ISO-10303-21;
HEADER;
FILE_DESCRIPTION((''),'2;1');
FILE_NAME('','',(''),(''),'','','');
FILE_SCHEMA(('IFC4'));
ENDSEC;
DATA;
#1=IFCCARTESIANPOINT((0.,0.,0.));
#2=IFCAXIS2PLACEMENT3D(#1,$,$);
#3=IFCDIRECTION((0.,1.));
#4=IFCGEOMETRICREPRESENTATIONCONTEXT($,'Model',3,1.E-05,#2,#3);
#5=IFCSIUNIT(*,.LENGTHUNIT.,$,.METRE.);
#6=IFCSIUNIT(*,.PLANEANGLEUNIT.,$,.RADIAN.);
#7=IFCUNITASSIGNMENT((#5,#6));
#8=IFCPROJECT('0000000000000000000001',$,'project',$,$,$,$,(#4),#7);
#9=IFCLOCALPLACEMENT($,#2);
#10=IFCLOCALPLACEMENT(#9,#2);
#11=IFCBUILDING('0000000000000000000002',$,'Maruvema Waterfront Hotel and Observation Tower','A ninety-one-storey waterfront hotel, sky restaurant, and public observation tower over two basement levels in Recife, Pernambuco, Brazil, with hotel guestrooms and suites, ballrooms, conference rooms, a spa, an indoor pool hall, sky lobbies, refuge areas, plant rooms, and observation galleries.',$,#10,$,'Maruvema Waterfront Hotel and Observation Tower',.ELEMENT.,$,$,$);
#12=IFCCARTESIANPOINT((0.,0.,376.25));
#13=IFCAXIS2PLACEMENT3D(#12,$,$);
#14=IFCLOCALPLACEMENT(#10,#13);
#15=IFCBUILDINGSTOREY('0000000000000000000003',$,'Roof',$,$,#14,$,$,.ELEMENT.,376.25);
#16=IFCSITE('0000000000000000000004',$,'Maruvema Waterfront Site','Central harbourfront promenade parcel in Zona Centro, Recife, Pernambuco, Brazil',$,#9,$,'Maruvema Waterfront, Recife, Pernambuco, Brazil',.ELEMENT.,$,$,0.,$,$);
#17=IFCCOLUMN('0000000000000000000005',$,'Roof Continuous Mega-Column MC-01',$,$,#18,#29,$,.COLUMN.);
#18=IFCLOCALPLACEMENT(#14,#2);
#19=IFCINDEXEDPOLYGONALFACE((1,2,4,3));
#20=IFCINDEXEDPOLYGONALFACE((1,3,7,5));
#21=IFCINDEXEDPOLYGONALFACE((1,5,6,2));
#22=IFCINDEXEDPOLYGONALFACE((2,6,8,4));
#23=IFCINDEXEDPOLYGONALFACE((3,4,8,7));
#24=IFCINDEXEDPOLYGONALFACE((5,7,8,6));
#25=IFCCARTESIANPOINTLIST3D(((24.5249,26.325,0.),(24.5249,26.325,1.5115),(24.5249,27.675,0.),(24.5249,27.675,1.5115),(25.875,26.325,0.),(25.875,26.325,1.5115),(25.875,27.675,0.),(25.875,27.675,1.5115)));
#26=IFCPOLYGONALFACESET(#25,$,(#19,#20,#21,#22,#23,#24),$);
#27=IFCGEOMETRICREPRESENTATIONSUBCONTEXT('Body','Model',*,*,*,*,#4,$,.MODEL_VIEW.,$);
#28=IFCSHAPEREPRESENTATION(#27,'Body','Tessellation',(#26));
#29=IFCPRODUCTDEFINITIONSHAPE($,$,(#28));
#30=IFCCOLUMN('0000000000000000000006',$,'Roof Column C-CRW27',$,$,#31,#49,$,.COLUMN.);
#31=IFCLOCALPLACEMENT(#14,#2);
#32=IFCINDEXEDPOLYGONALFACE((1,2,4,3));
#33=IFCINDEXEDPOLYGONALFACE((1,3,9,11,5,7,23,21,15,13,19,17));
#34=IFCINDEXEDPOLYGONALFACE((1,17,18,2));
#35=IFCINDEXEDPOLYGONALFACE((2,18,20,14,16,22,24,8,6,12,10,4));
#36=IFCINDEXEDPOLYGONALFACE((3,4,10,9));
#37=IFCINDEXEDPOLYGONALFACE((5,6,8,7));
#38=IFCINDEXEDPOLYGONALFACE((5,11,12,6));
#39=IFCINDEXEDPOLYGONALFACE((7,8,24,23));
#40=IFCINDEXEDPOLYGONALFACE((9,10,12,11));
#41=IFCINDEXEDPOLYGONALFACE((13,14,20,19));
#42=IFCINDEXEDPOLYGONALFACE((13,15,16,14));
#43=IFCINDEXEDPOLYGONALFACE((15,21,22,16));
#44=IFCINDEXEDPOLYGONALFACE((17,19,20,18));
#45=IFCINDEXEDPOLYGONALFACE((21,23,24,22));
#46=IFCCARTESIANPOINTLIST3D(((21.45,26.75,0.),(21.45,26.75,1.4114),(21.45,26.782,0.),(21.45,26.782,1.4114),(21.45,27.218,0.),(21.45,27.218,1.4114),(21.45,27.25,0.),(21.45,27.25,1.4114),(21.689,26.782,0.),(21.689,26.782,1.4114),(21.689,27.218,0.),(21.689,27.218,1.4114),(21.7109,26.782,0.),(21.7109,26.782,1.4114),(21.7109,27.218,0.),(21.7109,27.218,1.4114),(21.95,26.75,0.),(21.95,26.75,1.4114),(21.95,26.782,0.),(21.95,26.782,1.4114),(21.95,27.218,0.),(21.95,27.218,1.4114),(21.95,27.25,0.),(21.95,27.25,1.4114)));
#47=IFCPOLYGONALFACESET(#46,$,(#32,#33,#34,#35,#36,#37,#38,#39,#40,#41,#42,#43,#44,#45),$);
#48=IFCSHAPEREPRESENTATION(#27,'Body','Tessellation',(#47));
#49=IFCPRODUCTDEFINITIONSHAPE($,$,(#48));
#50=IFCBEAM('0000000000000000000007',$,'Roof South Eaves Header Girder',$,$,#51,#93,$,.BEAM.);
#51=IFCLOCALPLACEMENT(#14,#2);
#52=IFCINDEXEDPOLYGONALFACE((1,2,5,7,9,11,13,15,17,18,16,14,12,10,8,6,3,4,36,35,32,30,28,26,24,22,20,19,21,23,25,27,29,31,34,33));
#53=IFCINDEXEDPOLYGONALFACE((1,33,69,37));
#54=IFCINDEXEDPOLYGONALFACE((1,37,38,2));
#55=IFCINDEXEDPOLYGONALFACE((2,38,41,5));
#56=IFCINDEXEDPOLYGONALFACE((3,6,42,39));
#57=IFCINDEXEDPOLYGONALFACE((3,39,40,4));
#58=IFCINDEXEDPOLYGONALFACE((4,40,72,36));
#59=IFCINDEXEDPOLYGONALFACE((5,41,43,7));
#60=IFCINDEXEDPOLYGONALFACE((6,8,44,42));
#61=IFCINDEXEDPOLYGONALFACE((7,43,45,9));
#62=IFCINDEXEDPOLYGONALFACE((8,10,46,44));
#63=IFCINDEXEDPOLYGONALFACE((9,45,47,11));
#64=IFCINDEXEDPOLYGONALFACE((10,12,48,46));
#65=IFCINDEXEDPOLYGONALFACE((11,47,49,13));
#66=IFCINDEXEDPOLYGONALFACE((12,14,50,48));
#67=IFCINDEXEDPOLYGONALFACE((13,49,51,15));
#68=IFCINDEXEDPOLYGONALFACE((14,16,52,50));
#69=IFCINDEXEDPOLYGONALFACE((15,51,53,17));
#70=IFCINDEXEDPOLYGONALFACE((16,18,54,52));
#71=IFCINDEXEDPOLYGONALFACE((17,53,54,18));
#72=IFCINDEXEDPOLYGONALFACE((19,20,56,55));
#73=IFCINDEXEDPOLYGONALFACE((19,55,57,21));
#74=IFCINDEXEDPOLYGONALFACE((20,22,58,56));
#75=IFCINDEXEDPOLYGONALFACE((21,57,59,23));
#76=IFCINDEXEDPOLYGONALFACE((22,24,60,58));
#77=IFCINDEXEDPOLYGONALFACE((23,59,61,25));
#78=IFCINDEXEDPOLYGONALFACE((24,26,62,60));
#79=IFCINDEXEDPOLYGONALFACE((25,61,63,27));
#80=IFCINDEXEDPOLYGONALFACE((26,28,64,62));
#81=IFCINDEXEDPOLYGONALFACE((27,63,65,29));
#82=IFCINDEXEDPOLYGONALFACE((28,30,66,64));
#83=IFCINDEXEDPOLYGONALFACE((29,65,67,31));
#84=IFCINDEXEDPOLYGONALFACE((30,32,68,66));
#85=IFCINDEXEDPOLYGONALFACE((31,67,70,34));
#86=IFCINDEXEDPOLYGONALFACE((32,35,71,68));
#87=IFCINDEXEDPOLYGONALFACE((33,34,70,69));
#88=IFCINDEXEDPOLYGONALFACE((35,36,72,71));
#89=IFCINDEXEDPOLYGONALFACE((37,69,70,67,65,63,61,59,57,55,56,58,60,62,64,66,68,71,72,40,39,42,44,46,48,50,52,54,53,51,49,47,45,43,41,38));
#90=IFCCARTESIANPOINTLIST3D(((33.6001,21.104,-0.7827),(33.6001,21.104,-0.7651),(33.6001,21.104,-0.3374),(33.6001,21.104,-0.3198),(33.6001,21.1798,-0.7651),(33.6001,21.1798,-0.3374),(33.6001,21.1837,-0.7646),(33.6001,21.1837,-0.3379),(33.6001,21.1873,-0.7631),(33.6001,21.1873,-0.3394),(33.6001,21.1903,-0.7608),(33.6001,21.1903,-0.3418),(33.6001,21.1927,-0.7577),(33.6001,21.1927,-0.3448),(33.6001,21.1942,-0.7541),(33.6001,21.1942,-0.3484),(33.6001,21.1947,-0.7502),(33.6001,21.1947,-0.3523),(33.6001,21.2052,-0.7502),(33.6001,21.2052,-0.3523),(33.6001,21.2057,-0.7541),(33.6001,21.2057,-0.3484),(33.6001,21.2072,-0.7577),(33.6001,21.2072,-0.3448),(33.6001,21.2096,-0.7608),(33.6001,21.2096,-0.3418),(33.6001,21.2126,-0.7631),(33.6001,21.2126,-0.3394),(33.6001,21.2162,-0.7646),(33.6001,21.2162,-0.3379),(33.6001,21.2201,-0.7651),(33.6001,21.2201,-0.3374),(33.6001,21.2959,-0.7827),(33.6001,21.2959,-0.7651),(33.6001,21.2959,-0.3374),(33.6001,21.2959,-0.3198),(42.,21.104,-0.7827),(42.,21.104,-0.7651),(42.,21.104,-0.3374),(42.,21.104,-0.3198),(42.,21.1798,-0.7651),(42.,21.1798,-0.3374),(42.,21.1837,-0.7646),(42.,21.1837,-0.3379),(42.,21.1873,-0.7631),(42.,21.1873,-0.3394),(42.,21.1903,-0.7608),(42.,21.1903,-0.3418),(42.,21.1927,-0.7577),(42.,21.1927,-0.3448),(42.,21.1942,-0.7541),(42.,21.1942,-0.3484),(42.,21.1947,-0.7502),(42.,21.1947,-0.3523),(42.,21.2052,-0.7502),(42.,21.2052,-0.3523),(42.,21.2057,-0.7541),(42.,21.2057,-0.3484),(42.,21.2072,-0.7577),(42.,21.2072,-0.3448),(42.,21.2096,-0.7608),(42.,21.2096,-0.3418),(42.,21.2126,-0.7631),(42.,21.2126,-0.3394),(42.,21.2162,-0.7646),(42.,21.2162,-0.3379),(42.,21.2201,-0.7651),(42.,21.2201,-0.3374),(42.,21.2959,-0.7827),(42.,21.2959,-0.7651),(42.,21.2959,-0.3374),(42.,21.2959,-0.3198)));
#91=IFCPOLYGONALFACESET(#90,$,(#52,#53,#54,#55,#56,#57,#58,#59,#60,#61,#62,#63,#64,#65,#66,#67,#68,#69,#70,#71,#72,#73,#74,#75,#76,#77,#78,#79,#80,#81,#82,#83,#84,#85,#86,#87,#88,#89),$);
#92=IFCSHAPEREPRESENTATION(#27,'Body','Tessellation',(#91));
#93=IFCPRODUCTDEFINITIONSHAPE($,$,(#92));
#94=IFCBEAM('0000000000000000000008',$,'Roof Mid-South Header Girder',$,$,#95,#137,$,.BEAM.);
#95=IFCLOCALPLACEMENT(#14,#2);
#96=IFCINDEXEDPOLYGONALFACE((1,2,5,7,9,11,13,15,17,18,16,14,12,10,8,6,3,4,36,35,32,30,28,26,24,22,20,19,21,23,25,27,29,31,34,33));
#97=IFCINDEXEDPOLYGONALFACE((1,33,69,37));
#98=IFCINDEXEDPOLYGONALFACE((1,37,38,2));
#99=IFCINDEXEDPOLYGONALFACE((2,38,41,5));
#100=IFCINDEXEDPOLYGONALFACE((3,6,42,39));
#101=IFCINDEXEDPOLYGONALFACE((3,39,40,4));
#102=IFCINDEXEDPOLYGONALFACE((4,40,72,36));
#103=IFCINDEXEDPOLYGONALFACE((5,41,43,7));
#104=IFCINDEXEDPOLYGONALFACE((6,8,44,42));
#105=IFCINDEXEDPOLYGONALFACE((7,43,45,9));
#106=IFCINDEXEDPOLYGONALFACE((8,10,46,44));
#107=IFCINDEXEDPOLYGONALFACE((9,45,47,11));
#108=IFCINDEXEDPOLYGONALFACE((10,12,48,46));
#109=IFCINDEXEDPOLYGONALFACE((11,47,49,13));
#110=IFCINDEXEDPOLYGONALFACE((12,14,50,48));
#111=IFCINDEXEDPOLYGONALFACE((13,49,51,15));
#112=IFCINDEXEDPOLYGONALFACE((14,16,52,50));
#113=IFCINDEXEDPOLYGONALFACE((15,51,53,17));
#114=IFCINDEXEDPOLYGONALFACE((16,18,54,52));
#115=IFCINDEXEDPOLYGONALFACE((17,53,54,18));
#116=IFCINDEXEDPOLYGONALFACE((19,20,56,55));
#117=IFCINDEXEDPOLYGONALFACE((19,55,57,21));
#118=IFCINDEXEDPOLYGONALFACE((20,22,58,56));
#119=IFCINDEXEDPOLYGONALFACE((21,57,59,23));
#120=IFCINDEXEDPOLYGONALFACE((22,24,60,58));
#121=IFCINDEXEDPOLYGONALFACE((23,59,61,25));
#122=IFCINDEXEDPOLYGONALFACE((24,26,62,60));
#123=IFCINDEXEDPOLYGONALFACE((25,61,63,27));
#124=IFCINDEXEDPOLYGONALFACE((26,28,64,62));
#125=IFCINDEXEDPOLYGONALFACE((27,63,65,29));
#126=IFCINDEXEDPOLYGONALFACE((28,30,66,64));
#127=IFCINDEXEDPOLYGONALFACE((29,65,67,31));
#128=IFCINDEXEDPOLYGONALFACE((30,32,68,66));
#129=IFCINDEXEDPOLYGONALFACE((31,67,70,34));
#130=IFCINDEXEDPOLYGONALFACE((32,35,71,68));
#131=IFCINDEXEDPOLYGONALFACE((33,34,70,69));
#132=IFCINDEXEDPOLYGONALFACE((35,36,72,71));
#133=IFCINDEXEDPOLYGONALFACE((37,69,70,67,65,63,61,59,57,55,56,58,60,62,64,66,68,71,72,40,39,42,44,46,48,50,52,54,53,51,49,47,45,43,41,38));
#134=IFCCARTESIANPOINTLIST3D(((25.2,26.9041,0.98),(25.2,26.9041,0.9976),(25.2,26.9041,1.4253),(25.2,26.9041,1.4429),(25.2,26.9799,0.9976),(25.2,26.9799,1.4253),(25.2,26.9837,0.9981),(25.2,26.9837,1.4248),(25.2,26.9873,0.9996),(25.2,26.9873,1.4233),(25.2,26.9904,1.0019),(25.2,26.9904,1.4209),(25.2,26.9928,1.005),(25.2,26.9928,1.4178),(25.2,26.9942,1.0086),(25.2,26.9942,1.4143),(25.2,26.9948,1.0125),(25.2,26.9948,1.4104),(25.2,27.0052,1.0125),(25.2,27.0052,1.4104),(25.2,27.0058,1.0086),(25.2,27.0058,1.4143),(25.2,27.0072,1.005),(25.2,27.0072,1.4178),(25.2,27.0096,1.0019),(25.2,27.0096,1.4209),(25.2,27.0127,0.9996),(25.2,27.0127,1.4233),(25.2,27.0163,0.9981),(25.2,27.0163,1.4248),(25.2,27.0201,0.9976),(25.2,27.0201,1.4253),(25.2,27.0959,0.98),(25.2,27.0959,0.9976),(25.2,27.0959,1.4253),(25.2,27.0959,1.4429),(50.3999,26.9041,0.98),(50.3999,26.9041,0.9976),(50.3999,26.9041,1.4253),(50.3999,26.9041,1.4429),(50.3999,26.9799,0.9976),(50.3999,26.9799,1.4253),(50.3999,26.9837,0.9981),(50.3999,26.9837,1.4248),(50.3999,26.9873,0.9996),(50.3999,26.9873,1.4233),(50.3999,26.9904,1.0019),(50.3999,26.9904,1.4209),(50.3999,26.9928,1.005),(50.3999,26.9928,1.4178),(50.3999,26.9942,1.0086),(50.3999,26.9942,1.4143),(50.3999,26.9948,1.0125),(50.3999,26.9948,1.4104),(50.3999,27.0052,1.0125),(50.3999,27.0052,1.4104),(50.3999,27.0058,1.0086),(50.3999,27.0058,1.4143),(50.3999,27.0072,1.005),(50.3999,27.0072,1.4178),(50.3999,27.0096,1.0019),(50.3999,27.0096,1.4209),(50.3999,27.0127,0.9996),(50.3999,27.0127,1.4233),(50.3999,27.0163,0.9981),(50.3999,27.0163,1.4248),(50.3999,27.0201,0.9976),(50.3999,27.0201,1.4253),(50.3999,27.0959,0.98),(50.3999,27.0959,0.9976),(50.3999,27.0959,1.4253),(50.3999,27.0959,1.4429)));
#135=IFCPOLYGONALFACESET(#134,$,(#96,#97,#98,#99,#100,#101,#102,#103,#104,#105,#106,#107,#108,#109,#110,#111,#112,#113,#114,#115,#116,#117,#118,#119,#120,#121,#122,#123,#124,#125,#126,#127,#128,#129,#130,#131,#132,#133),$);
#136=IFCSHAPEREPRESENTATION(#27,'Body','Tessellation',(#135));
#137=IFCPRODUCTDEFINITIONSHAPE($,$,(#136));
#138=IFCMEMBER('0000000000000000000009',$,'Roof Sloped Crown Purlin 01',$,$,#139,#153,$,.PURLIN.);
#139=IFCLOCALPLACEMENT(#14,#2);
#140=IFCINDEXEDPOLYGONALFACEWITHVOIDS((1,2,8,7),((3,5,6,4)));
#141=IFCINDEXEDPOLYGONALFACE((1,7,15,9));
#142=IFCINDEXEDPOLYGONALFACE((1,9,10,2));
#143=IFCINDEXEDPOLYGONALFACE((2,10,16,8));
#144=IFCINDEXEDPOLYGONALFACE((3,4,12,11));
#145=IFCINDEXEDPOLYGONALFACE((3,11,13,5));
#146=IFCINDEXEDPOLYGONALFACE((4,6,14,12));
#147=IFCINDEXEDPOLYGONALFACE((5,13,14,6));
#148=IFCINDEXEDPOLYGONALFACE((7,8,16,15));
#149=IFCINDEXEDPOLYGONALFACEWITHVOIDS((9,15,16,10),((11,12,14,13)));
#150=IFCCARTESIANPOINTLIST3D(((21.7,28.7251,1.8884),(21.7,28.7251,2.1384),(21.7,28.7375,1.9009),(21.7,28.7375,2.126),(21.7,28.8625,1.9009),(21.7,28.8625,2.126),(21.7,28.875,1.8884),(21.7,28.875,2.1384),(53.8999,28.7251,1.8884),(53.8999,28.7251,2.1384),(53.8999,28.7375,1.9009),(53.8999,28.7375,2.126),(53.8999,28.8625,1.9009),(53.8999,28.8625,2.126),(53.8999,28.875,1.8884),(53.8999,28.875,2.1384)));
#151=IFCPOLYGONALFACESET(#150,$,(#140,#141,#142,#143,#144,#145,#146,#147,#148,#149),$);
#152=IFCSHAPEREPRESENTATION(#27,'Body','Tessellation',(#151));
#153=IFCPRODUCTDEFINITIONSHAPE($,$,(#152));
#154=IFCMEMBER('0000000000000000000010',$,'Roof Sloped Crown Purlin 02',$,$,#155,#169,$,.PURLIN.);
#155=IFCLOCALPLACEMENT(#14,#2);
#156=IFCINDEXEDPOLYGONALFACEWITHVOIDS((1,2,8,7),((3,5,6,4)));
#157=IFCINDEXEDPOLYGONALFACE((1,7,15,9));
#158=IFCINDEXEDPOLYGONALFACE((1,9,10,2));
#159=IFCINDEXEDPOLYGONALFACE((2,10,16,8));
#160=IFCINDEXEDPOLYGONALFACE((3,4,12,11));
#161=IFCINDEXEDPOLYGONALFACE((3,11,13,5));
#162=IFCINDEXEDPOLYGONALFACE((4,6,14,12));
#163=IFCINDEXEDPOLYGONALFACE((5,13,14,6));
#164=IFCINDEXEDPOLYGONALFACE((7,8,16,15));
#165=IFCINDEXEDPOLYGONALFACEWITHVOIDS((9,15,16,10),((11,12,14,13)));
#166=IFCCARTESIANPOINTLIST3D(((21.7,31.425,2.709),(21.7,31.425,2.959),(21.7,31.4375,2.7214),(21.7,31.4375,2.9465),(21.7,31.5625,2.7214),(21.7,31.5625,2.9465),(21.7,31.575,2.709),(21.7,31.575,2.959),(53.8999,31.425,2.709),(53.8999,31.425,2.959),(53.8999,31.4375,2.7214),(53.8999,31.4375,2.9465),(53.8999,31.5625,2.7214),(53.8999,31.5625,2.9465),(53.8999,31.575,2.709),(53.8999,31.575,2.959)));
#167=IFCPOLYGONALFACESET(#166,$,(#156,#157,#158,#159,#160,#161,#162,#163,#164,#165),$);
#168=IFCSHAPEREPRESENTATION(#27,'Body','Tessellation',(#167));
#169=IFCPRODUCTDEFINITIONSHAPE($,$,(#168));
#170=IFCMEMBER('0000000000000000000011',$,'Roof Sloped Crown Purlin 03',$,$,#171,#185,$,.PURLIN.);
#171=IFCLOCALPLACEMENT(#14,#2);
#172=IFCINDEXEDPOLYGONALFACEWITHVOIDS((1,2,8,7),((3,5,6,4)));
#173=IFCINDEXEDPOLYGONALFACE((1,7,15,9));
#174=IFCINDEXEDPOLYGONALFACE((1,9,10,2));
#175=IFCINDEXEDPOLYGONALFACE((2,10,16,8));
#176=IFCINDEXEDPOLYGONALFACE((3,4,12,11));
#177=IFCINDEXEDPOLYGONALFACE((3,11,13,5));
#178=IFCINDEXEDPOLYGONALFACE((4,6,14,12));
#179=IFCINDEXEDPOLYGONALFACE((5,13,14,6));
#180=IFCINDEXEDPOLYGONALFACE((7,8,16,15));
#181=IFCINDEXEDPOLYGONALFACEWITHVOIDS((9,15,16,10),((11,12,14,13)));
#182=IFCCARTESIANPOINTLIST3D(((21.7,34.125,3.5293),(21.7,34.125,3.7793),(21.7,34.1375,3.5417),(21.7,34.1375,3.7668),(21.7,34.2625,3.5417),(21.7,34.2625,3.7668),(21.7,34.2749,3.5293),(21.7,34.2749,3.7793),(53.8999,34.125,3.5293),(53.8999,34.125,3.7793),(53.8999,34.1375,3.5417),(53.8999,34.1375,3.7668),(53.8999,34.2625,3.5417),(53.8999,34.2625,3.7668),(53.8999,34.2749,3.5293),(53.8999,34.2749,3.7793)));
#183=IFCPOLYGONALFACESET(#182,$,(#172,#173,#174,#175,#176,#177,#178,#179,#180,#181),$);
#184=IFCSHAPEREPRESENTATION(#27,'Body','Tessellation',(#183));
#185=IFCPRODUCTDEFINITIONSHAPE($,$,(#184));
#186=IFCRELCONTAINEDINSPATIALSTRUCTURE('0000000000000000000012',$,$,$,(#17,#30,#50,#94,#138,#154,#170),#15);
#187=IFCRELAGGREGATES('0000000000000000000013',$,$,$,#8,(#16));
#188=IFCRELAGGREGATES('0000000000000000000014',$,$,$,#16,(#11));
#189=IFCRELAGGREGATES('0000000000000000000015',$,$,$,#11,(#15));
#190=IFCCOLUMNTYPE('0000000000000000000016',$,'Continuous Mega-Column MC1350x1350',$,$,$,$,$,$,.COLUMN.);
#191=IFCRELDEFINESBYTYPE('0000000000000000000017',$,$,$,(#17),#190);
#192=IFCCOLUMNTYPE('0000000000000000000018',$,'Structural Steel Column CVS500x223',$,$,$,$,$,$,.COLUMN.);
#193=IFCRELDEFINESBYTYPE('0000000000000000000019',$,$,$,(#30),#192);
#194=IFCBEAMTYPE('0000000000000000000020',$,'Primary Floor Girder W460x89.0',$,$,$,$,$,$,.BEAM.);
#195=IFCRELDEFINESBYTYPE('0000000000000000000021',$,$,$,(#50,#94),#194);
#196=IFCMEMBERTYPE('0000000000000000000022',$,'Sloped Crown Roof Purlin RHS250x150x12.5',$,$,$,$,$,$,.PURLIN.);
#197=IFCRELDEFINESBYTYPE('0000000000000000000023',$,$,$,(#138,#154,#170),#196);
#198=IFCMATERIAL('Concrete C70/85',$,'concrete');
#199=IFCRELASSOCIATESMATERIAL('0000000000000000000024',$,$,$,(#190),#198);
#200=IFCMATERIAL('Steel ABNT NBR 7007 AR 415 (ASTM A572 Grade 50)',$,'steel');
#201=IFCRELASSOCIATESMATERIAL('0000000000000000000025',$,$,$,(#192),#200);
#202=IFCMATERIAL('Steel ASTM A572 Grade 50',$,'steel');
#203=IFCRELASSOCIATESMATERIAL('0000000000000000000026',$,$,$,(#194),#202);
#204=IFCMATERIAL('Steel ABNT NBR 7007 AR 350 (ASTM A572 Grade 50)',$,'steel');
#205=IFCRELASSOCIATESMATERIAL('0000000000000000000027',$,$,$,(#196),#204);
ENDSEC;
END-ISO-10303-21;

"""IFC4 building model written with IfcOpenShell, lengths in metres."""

from ifc_helpers import new_model, si_unit, direction, frame, origin, origin_2d, place, context, subcontext, project, spatial, rectangle, hollow_rectangle, i_section, extrude, material, material_profile, profile_set, type_object, element, save


model = new_model("IFC4")

# Units and contexts
model_context = context("Model", 3, precision=1e-05, world=origin(), true_north=direction((0.0, 1.0)))
body_context = subcontext(model_context, "Body", "Model", "MODEL_VIEW")
ifc_project = project(units=[si_unit("LENGTHUNIT", "METRE"), si_unit("PLANEANGLEUNIT", "RADIAN")], contexts=[model_context])

# Site, building, storey
site_placement = place(None, origin())
site = spatial("IfcSite", under=ifc_project, at=site_placement, Name="Maruvema Waterfront Site", Description="Central harbourfront promenade parcel in Zona Centro, Recife, Pernambuco, Brazil", LongName="Maruvema Waterfront, Recife, Pernambuco, Brazil", CompositionType="ELEMENT", RefElevation=0.0)
building_placement = place(site_placement, origin())
building = spatial("IfcBuilding", under=site, at=building_placement, Name="Maruvema Waterfront Hotel and Observation Tower", Description="A ninety-one-storey waterfront hotel, sky restaurant, and public observation tower over two basement levels in Recife, Pernambuco, Brazil, with hotel guestrooms and suites, ballrooms, conference rooms, a spa, an indoor pool hall, sky lobbies, refuge areas, plant rooms, and observation galleries.", LongName="Maruvema Waterfront Hotel and Observation Tower", CompositionType="ELEMENT")
storey_placement = place(building_placement, frame((0.0, 0.0, 376.25)))
storey = spatial("IfcBuildingStorey", under=building, at=storey_placement, Name="Roof", CompositionType="ELEMENT", Elevation=376.25)

# Columns
ifc_material_1 = material(Name="Concrete C70/85", Category="concrete")
ifc_material_profile_1 = material_profile(ifc_material_1, rectangle(XDim=1.3501, YDim=1.3501, at=origin_2d()), Name="MC1350x1350")
ifc_profile_set_1 = profile_set([ifc_material_profile_1], Name="Concrete C70/85")
column_type_1 = type_object("IfcColumnType", Name="Continuous Mega-Column MC1350x1350", PredefinedType="COLUMN", material=ifc_profile_set_1)
column_1_placement = place(storey_placement, frame((25.2, 27.0, 0.0), z_axis=(0.0, 0.0, 1.0), x_axis=(1.0, 0.0, 0.0)))
element("IfcColumn", 1, at=column_1_placement, inside=storey, type_object=column_type_1, Name="Roof Continuous Mega-Column MC-01", PredefinedType="COLUMN", context=body_context, shape_type="SweptSolid", body=[
    extrude(rectangle(XDim=1.3501, YDim=1.3501, at=origin_2d()), origin(), (0.0, 0.0, 1.0), 1.5115),
])
ifc_material_2 = material(Name="Steel ABNT NBR 7007 AR 415 (ASTM A572 Grade 50)", Category="steel")
ifc_material_profile_2 = material_profile(ifc_material_2, i_section(OverallWidth=0.5, OverallDepth=0.5, WebThickness=0.022, FlangeThickness=0.032, at=origin_2d()), Name="CVS500x223")
ifc_profile_set_2 = profile_set([ifc_material_profile_2], Name="Steel ABNT NBR 7007 AR 415 (ASTM A572 Grade 50)")
column_type_2 = type_object("IfcColumnType", Name="Structural Steel Column CVS500x223", PredefinedType="COLUMN", material=ifc_profile_set_2)
column_2_placement = place(storey_placement, frame((21.7, 27.0, 0.0), z_axis=(0.0, 0.0, 1.0), x_axis=(1.0, 0.0, 0.0)))
element("IfcColumn", 2, at=column_2_placement, inside=storey, type_object=column_type_2, Name="Roof Column C-CRW27", PredefinedType="COLUMN", context=body_context, shape_type="SweptSolid", body=[
    extrude(i_section(OverallWidth=0.5, OverallDepth=0.5, WebThickness=0.022, FlangeThickness=0.032, at=origin_2d()), origin(), (0.0, 0.0, 1.0), 1.4114),
])

# Beams
ifc_material_3 = material(Name="Steel ASTM A572 Grade 50", Category="steel")
ifc_material_profile_3 = material_profile(ifc_material_3, i_section(OverallWidth=0.1919, OverallDepth=0.4629, WebThickness=0.0105, FlangeThickness=0.0176, FilletRadius=0.0149, at=origin_2d()), Name="W460x89.0")
ifc_profile_set_3 = profile_set([ifc_material_profile_3], Name="Steel ASTM A572 Grade 50")
beam_type = type_object("IfcBeamType", Name="Primary Floor Girder W460x89.0", PredefinedType="BEAM", material=ifc_profile_set_3)
beam_1_placement = place(storey_placement, frame((33.6001, 21.2, -0.5513), z_axis=(1.0, 0.0, 0.0), x_axis=(0.0, 1.0, 0.0)))
element("IfcBeam", 3, at=beam_1_placement, inside=storey, type_object=beam_type, Name="Roof South Eaves Header Girder", PredefinedType="BEAM", context=body_context, shape_type="SweptSolid", body=[
    extrude(i_section(OverallWidth=0.1919, OverallDepth=0.4629, WebThickness=0.0105, FlangeThickness=0.0176, FilletRadius=0.0149, at=origin_2d()), origin(), (0.0, 0.0, 1.0), 8.3999),
])
beam_2_placement = place(storey_placement, frame((25.2, 27.0, 1.2114), z_axis=(1.0, 0.0, 0.0), x_axis=(0.0, 1.0, 0.0)))
element("IfcBeam", 4, at=beam_2_placement, inside=storey, type_object=beam_type, Name="Roof Mid-South Header Girder", PredefinedType="BEAM", context=body_context, shape_type="SweptSolid", body=[
    extrude(i_section(OverallWidth=0.1919, OverallDepth=0.4629, WebThickness=0.0105, FlangeThickness=0.0176, FilletRadius=0.0149, at=origin_2d()), origin(), (0.0, 0.0, 1.0), 25.2),
])

# Members
ifc_material_4 = material(Name="Steel ABNT NBR 7007 AR 350 (ASTM A572 Grade 50)", Category="steel")
ifc_material_profile_4 = material_profile(ifc_material_4, hollow_rectangle(XDim=0.1499, YDim=0.25, WallThickness=0.0125, at=origin_2d()), Name="RHS250x150x12.5")
ifc_profile_set_4 = profile_set([ifc_material_profile_4], Name="Steel ABNT NBR 7007 AR 350 (ASTM A572 Grade 50)")
member_type_1 = type_object("IfcMemberType", Name="Sloped Crown Roof Purlin RHS250x150x12.5", PredefinedType="PURLIN", material=ifc_profile_set_4)
for number, where, z_axis, x_axis, name in (
    (5, (21.7, 28.8, 2.0134), (1.0, 0.0, 0.0), (0.0, 1.0, 0.0), "Roof Sloped Crown Purlin 01"),
    (6, (21.7, 31.5, 2.834), (1.0, 0.0, 0.0), (0.0, 1.0, 0.0), "Roof Sloped Crown Purlin 02"),
    (7, (21.7, 34.2, 3.6543), (1.0, 0.0, 0.0), (0.0, 1.0, 0.0), "Roof Sloped Crown Purlin 03"),
):
    element("IfcMember", number, at=place(storey_placement, frame(where, z_axis=z_axis, x_axis=x_axis)), inside=storey, type_object=member_type_1, Name=name, PredefinedType="PURLIN", context=body_context, shape_type="SweptSolid", body=[
        extrude(hollow_rectangle(XDim=0.1499, YDim=0.25, WallThickness=0.0125, at=origin_2d()), origin(), (0.0, 0.0, 1.0), 32.2),
    ])

save(model, "model.ifc")
